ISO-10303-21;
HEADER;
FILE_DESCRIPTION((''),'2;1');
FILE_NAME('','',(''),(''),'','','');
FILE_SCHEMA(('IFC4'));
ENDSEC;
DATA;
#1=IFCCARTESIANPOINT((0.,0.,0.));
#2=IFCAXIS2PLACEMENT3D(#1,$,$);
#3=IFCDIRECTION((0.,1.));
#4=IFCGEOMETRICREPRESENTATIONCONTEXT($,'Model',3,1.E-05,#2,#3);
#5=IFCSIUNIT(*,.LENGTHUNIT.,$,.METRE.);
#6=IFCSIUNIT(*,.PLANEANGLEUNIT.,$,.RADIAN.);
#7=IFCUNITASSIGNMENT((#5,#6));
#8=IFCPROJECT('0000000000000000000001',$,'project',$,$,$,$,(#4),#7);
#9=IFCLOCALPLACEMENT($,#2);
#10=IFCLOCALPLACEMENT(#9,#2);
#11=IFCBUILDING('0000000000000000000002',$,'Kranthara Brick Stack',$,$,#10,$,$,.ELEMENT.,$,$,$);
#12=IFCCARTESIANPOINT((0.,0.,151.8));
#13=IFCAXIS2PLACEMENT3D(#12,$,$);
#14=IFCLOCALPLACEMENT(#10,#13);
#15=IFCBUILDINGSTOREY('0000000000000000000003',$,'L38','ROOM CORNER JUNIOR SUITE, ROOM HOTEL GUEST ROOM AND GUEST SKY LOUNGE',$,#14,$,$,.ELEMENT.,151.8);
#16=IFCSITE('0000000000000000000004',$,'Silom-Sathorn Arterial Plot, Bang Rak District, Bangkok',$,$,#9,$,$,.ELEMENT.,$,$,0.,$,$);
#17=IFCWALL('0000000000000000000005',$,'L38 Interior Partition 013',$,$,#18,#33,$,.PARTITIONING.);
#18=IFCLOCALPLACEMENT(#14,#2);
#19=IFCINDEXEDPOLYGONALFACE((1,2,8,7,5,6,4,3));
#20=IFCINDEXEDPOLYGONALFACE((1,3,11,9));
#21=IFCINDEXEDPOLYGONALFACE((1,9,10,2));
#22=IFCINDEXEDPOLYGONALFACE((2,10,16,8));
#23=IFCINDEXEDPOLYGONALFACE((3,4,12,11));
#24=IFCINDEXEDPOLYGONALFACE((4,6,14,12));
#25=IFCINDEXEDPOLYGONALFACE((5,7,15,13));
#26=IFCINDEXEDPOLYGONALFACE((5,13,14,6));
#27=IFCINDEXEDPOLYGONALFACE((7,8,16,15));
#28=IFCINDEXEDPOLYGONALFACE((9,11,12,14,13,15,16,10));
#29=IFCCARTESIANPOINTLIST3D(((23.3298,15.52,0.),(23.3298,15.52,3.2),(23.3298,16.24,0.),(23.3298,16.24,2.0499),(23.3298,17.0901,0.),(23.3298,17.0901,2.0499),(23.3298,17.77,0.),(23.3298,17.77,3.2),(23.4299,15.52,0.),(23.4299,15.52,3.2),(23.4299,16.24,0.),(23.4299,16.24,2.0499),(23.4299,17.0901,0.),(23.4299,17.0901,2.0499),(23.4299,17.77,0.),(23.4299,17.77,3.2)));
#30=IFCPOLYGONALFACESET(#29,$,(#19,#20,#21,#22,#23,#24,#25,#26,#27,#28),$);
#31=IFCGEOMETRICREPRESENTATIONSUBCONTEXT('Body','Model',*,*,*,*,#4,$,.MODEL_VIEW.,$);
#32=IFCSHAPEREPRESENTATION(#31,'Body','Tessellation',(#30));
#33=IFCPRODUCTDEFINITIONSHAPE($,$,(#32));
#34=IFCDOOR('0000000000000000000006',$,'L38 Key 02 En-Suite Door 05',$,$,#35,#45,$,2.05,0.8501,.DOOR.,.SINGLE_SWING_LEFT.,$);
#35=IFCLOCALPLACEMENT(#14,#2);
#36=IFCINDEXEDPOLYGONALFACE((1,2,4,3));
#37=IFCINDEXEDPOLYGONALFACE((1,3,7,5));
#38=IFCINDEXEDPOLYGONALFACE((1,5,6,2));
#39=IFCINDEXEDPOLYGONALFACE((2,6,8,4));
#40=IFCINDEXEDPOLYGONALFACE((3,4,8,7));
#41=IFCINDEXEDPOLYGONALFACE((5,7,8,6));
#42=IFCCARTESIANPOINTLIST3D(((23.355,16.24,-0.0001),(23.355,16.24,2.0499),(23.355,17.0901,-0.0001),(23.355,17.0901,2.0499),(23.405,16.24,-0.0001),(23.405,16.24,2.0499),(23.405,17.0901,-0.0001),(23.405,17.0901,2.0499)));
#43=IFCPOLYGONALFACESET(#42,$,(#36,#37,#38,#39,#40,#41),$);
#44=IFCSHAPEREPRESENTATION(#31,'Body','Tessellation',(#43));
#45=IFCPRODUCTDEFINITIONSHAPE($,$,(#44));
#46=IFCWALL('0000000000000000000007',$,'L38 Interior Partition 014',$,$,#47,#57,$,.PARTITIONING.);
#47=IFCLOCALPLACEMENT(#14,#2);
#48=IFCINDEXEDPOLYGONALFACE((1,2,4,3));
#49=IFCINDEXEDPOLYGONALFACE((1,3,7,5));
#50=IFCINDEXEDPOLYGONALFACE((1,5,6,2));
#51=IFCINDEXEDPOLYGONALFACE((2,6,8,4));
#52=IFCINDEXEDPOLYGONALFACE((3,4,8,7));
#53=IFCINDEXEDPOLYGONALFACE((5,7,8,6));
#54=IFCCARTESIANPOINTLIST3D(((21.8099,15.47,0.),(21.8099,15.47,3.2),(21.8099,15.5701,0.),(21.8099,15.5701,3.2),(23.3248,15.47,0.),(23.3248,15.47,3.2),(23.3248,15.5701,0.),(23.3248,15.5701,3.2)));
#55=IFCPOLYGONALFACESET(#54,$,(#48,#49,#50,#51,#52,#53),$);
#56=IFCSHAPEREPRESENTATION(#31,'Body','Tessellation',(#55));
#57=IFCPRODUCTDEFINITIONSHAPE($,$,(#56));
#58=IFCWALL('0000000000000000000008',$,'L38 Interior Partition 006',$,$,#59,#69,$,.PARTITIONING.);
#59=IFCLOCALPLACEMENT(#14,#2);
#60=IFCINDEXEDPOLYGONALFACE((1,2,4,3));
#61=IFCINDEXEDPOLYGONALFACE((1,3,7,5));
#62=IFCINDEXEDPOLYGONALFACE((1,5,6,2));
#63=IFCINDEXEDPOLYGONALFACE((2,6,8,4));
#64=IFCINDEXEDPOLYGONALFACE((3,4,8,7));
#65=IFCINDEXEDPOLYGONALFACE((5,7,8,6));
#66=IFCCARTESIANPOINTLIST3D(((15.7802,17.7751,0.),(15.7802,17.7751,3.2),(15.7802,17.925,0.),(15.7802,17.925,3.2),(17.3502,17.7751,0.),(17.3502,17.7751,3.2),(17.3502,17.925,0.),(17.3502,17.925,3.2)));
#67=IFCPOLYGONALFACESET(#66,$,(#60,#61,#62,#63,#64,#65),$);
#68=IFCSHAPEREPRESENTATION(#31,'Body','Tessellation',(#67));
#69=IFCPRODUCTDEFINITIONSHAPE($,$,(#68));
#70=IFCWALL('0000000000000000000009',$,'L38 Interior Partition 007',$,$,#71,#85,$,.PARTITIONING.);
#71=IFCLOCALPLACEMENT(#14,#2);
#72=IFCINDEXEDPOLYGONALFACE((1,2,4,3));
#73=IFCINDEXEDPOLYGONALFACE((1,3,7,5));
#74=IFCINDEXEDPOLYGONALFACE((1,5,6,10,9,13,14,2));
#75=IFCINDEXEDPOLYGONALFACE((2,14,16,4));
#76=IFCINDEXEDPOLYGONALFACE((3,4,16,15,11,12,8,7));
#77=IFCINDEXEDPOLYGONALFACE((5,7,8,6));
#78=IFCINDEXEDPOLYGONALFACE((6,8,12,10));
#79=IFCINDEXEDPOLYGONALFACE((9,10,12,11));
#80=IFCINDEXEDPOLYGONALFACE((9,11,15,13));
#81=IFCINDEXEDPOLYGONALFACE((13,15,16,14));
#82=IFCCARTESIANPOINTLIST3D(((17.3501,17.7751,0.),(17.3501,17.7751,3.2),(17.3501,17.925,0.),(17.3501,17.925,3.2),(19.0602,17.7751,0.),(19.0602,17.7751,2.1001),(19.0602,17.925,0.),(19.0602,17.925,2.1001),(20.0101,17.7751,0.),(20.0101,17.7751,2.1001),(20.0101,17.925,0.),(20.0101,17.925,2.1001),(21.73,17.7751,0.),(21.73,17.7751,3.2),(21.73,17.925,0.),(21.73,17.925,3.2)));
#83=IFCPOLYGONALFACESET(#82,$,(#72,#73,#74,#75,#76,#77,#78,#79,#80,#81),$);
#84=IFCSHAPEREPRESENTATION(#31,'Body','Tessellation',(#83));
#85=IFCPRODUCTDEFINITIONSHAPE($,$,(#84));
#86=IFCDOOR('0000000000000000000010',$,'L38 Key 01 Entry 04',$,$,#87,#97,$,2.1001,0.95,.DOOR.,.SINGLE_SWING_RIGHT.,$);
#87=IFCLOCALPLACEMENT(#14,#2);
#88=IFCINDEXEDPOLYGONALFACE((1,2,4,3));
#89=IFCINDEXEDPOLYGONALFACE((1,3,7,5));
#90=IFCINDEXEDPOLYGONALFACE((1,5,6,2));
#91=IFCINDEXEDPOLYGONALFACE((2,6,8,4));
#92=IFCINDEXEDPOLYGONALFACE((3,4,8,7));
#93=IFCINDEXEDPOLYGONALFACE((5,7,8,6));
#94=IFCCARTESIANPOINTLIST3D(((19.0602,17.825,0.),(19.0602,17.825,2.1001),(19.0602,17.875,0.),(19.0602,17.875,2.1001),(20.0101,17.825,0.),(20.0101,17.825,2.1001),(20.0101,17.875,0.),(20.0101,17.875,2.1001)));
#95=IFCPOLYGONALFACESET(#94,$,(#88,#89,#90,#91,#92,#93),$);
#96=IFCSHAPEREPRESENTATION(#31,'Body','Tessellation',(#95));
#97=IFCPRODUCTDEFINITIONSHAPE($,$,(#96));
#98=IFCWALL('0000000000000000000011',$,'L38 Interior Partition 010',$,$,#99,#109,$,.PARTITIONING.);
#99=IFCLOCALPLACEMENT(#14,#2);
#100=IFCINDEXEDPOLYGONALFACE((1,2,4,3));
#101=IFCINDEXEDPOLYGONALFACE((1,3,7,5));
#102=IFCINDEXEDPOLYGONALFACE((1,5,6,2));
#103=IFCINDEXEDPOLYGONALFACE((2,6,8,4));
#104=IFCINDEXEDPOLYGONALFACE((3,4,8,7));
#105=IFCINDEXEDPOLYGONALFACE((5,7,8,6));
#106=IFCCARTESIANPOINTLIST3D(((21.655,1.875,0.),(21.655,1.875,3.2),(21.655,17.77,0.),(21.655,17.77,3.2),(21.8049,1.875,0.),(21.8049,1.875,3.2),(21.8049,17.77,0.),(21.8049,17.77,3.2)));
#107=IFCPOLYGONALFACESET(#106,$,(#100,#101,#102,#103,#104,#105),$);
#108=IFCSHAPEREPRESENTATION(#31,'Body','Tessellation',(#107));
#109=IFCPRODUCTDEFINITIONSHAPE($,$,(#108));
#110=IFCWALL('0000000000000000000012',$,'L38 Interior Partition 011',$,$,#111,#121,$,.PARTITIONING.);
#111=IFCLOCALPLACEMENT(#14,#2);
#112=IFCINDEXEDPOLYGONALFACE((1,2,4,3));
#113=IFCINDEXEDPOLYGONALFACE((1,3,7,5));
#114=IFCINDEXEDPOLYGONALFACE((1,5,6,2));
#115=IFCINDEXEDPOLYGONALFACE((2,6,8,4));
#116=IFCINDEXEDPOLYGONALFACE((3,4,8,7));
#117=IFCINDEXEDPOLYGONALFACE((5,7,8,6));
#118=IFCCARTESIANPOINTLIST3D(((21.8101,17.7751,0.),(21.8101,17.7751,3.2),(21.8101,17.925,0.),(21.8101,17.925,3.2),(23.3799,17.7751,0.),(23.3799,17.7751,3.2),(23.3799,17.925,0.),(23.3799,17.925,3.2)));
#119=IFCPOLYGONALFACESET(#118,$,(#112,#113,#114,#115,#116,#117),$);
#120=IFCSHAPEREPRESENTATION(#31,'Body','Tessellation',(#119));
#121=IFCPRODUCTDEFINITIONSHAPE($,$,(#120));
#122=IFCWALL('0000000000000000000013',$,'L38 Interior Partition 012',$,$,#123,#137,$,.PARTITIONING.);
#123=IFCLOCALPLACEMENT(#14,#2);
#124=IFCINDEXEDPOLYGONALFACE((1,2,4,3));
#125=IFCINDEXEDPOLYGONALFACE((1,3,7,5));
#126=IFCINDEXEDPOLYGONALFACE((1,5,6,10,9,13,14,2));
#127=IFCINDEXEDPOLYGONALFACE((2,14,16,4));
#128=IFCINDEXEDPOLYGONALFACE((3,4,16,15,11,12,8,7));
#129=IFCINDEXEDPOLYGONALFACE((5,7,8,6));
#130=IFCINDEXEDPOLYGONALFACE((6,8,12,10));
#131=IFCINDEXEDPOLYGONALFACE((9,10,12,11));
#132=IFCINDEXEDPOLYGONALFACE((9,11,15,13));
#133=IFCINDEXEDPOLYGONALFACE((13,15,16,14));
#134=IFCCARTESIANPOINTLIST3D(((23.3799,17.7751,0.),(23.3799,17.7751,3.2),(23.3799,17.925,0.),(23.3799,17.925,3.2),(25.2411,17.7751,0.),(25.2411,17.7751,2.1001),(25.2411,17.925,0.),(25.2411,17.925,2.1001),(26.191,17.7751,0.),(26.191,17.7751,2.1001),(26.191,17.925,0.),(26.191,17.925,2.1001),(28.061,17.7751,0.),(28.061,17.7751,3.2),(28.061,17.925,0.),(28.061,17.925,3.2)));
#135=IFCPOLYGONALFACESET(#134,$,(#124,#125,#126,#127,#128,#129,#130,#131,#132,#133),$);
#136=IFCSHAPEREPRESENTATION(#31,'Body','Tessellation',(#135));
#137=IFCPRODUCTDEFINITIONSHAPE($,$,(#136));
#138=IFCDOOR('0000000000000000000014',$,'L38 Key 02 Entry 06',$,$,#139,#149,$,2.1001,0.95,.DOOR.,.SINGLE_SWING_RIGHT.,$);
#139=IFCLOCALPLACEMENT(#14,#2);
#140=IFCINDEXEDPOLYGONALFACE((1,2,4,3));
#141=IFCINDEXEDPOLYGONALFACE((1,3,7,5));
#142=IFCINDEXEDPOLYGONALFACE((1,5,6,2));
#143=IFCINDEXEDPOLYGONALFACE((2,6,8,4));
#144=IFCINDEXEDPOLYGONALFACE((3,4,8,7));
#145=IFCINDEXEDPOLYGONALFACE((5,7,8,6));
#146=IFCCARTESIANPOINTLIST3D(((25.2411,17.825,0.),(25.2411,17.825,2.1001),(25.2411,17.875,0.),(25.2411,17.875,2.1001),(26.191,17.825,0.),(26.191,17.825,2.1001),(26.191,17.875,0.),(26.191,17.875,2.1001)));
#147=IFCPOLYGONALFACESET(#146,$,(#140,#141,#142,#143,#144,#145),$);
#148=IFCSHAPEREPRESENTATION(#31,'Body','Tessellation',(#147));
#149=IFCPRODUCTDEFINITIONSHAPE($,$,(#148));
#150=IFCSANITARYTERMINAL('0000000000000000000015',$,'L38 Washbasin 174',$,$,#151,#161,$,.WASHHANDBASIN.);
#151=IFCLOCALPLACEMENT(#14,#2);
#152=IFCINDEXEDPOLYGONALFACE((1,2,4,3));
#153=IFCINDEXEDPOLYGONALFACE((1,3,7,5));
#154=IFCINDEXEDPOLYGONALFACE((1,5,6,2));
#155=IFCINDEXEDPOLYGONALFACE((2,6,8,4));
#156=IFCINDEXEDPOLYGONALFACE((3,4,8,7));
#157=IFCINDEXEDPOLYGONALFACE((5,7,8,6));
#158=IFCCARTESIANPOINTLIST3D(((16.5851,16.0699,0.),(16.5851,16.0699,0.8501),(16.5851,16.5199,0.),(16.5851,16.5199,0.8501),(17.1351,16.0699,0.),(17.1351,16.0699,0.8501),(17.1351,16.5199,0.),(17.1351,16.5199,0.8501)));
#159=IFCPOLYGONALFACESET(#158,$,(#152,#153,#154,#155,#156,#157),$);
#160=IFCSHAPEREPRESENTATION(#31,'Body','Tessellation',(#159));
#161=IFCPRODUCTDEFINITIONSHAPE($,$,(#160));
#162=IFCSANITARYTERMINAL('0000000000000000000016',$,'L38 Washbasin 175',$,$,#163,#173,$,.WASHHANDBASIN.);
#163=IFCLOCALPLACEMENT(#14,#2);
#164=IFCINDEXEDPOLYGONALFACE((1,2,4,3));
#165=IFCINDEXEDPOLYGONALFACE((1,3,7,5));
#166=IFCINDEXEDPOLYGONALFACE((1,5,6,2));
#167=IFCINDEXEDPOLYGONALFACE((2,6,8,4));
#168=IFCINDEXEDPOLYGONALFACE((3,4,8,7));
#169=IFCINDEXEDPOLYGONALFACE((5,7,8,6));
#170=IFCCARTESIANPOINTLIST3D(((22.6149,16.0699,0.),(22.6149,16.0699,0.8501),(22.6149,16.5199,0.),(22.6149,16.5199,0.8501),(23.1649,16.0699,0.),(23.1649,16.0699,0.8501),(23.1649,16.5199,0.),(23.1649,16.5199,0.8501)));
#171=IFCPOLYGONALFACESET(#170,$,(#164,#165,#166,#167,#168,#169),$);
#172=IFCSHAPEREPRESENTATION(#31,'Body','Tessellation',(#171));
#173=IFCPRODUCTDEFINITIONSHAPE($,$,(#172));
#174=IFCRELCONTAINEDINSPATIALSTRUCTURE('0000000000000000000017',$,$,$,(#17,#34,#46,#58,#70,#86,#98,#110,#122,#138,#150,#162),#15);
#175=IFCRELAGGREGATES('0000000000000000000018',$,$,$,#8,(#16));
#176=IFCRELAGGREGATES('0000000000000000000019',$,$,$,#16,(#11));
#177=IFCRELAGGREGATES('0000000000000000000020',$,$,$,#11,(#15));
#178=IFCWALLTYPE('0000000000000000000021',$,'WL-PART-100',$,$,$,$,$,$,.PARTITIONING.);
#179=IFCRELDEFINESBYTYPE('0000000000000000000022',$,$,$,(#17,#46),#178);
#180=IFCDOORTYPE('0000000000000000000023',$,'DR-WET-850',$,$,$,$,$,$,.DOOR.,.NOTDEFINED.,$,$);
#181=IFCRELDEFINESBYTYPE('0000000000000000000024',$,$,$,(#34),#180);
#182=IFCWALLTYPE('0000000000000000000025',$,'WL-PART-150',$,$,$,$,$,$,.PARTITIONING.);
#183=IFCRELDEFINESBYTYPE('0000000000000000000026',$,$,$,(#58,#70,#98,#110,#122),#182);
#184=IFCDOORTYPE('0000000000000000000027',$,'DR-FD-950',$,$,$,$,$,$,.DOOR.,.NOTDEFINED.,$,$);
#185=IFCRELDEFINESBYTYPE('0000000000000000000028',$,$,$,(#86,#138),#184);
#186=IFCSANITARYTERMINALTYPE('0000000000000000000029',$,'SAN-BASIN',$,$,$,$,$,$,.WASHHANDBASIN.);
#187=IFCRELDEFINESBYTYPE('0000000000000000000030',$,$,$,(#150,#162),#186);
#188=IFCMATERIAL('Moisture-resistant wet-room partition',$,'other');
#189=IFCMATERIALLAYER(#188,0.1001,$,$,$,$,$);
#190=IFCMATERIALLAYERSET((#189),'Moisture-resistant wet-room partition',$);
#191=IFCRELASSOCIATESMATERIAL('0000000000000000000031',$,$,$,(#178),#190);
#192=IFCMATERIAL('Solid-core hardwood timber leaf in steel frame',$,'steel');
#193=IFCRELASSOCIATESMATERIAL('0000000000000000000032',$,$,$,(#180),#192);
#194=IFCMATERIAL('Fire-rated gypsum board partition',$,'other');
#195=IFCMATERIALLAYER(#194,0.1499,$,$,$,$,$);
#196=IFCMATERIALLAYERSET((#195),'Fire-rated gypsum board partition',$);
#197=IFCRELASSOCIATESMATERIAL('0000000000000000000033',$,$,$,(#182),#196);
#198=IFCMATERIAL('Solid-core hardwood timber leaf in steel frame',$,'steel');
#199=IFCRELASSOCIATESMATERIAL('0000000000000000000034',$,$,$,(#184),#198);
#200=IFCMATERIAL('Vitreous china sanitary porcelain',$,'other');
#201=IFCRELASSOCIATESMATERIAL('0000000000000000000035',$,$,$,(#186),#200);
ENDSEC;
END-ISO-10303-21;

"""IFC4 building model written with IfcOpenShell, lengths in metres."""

from ifc_helpers import new_model, si_unit, direction, frame, frame_2d, origin, origin_2d, place, context, subcontext, project, spatial, rectangle, extrude, material, layer, layer_set, type_object, element, fill, save


model = new_model("IFC4")

# Units and contexts
model_context = context("Model", 3, precision=1e-05, world=origin(), true_north=direction((0.0, 1.0)))
body_context = subcontext(model_context, "Body", "Model", "MODEL_VIEW")
ifc_project = project(units=[si_unit("LENGTHUNIT", "METRE"), si_unit("PLANEANGLEUNIT", "RADIAN")], contexts=[model_context])

# Site, building, storey
site_placement = place(None, origin())
site = spatial("IfcSite", under=ifc_project, at=site_placement, Name="Silom-Sathorn Arterial Plot, Bang Rak District, Bangkok", CompositionType="ELEMENT", RefElevation=0.0)
building_placement = place(site_placement, origin())
building = spatial("IfcBuilding", under=site, at=building_placement, Name="Kranthara Brick Stack", CompositionType="ELEMENT")
storey_placement = place(building_placement, frame((0.0, 0.0, 151.8)))
storey = spatial("IfcBuildingStorey", under=building, at=storey_placement, Name="L38", Description="ROOM CORNER JUNIOR SUITE, ROOM HOTEL GUEST ROOM AND GUEST SKY LOUNGE", CompositionType="ELEMENT", Elevation=151.8)

# Shared definitions
ifc_material_1 = material(Name="Moisture-resistant wet-room partition", Category="other")
ifc_layer_1 = layer(ifc_material_1, 0.1001)
ifc_layer_set_1 = layer_set([ifc_layer_1], Name="Moisture-resistant wet-room partition")
wall_type_1 = type_object("IfcWallType", Name="WL-PART-100", PredefinedType="PARTITIONING", material=ifc_layer_set_1)
ifc_material_2 = material(Name="Solid-core hardwood timber leaf in steel frame", Category="steel")
door_type_1 = type_object("IfcDoorType", Name="DR-WET-850", OperationType="NOTDEFINED", PredefinedType="DOOR", material=ifc_material_2)

# Wall, opening, door
wall_1_placement = place(storey_placement, frame((23.3799, 15.52, 0.0), z_axis=(0.0, 0.0, 1.0), x_axis=(0.0, 1.0, 0.0)))
wall_1 = element("IfcWall", 1, at=wall_1_placement, inside=storey, type_object=wall_type_1, Name="L38 Interior Partition 013", PredefinedType="PARTITIONING", context=body_context, shape_type="SweptSolid", body=[
    extrude(rectangle(XDim=2.25, YDim=0.1001, at=frame_2d((1.125, 0.0))), origin(), (0.0, 0.0, 1.0), 3.2),
])
opening_1_placement = place(wall_1_placement, frame((0.72, 0.0, 0.0)))
opening_1 = element("IfcOpeningElement", 2, at=opening_1_placement, cuts=wall_1, PredefinedType="OPENING", context=body_context, shape_type="SweptSolid", body=[
    extrude(rectangle(XDim=0.8501, YDim=2.05, at=frame_2d((0.425, 1.0249))), frame((0.0, 0.0601, 0.0), z_axis=(0.0, -1.0, 0.0), x_axis=(1.0, 0.0, 0.0)), (0.0, 0.0, 1.0), 0.1201),
])
door_1_placement = place(opening_1_placement, origin())
door_1 = element("IfcDoor", 3, at=door_1_placement, inside=storey, type_object=door_type_1, Name="L38 Key 02 En-Suite Door 05", OperationType="SINGLE_SWING_LEFT", OverallHeight=2.05, OverallWidth=0.8501, PredefinedType="DOOR", context=body_context, shape_type="SweptSolid", body=[
    extrude(rectangle(XDim=0.8501, YDim=2.05, at=frame_2d((0.425, 1.0249))), frame((0.0, 0.0249, 0.0), z_axis=(0.0, -1.0, 0.0), x_axis=(1.0, 0.0, 0.0)), (0.0, 0.0, 1.0), 0.05),
])
fill(opening_1, door_1)

# Walls
wall_2_placement = place(storey_placement, frame((21.8101, 15.52, 0.0), z_axis=(0.0, 0.0, 1.0), x_axis=(1.0, 0.0, 0.0)))
element("IfcWall", 4, at=wall_2_placement, inside=storey, type_object=wall_type_1, Name="L38 Interior Partition 014", PredefinedType="PARTITIONING", context=body_context, shape_type="SweptSolid", body=[
    extrude(rectangle(XDim=1.5149, YDim=0.1001, at=frame_2d((0.7573, 0.0))), origin(), (0.0, 0.0, 1.0), 3.2),
])
ifc_material_3 = material(Name="Fire-rated gypsum board partition", Category="other")
ifc_layer_2 = layer(ifc_material_3, 0.1499)
ifc_layer_set_2 = layer_set([ifc_layer_2], Name="Fire-rated gypsum board partition")
wall_type_2 = type_object("IfcWallType", Name="WL-PART-150", PredefinedType="PARTITIONING", material=ifc_layer_set_2)
wall_3_placement = place(storey_placement, frame((15.78, 17.8501, 0.0), z_axis=(0.0, 0.0, 1.0), x_axis=(1.0, 0.0, 0.0)))
element("IfcWall", 5, at=wall_3_placement, inside=storey, type_object=wall_type_2, Name="L38 Interior Partition 006", PredefinedType="PARTITIONING", context=body_context, shape_type="SweptSolid", body=[
    extrude(rectangle(XDim=1.5701, YDim=0.1499, at=frame_2d((0.7852, 0.0))), origin(), (0.0, 0.0, 1.0), 3.2),
])

# Wall, opening, door
wall_4_placement = place(storey_placement, frame((17.3501, 17.8501, 0.0), z_axis=(0.0, 0.0, 1.0), x_axis=(1.0, 0.0, 0.0)))
wall_4 = element("IfcWall", 6, at=wall_4_placement, inside=storey, type_object=wall_type_2, Name="L38 Interior Partition 007", PredefinedType="PARTITIONING", context=body_context, shape_type="SweptSolid", body=[
    extrude(rectangle(XDim=4.3799, YDim=0.1499, at=frame_2d((2.1899, 0.0))), origin(), (0.0, 0.0, 1.0), 3.2),
])
opening_2_placement = place(wall_4_placement, frame((1.71, 0.0, 0.0)))
opening_2 = element("IfcOpeningElement", 7, at=opening_2_placement, cuts=wall_4, PredefinedType="OPENING", context=body_context, shape_type="SweptSolid", body=[
    extrude(rectangle(XDim=0.95, YDim=2.1001, at=frame_2d((0.4751, 1.05))), frame((0.0, 0.085, 0.0), z_axis=(0.0, -1.0, 0.0), x_axis=(1.0, 0.0, 0.0)), (0.0, 0.0, 1.0), 0.1699),
])
ifc_material_4 = material(Name="Solid-core hardwood timber leaf in steel frame", Category="steel")
door_type_2 = type_object("IfcDoorType", Name="DR-FD-950", OperationType="NOTDEFINED", PredefinedType="DOOR", material=ifc_material_4)
door_2_placement = place(opening_2_placement, origin())
door_2 = element("IfcDoor", 8, at=door_2_placement, inside=storey, type_object=door_type_2, Name="L38 Key 01 Entry 04", OperationType="SINGLE_SWING_RIGHT", OverallHeight=2.1001, OverallWidth=0.95, PredefinedType="DOOR", context=body_context, shape_type="SweptSolid", body=[
    extrude(rectangle(XDim=0.95, YDim=2.1001, at=frame_2d((0.4751, 1.05))), frame((0.0, 0.0249, 0.0), z_axis=(0.0, -1.0, 0.0), x_axis=(1.0, 0.0, 0.0)), (0.0, 0.0, 1.0), 0.05),
])
fill(opening_2, door_2)

# Walls
wall_5_placement = place(storey_placement, frame((21.73, 1.875, 0.0), z_axis=(0.0, 0.0, 1.0), x_axis=(0.0, 1.0, 0.0)))
element("IfcWall", 9, at=wall_5_placement, inside=storey, type_object=wall_type_2, Name="L38 Interior Partition 010", PredefinedType="PARTITIONING", context=body_context, shape_type="SweptSolid", body=[
    extrude(rectangle(XDim=15.895, YDim=0.1499, at=frame_2d((7.9475, 0.0))), origin(), (0.0, 0.0, 1.0), 3.2),
])
wall_6_placement = place(storey_placement, frame((21.8101, 17.8501, 0.0), z_axis=(0.0, 0.0, 1.0), x_axis=(1.0, 0.0, 0.0)))
element("IfcWall", 10, at=wall_6_placement, inside=storey, type_object=wall_type_2, Name="L38 Interior Partition 011", PredefinedType="PARTITIONING", context=body_context, shape_type="SweptSolid", body=[
    extrude(rectangle(XDim=1.5698, YDim=0.1499, at=frame_2d((0.7849, 0.0))), origin(), (0.0, 0.0, 1.0), 3.2),
])

# Wall, opening, door
wall_7_placement = place(storey_placement, frame((23.3799, 17.8501, 0.0), z_axis=(0.0, 0.0, 1.0), x_axis=(1.0, 0.0, 0.0)))
wall_7 = element("IfcWall", 11, at=wall_7_placement, inside=storey, type_object=wall_type_2, Name="L38 Interior Partition 012", PredefinedType="PARTITIONING", context=body_context, shape_type="SweptSolid", body=[
    extrude(rectangle(XDim=4.6812, YDim=0.1499, at=frame_2d((2.3406, 0.0))), origin(), (0.0, 0.0, 1.0), 3.2),
])
opening_3_placement = place(wall_7_placement, frame((1.8611, 0.0, 0.0)))
opening_3 = element("IfcOpeningElement", 12, at=opening_3_placement, cuts=wall_7, PredefinedType="OPENING", context=body_context, shape_type="SweptSolid", body=[
    extrude(rectangle(XDim=0.95, YDim=2.1001, at=frame_2d((0.4751, 1.05))), frame((0.0, 0.085, 0.0), z_axis=(0.0, -1.0, 0.0), x_axis=(1.0, 0.0, 0.0)), (0.0, 0.0, 1.0), 0.1699),
])
door_3_placement = place(opening_3_placement, origin())
door_3 = element("IfcDoor", 13, at=door_3_placement, inside=storey, type_object=door_type_2, Name="L38 Key 02 Entry 06", OperationType="SINGLE_SWING_RIGHT", OverallHeight=2.1001, OverallWidth=0.95, PredefinedType="DOOR", context=body_context, shape_type="SweptSolid", body=[
    extrude(rectangle(XDim=0.95, YDim=2.1001, at=frame_2d((0.4751, 1.05))), frame((0.0, 0.0249, 0.0), z_axis=(0.0, -1.0, 0.0), x_axis=(1.0, 0.0, 0.0)), (0.0, 0.0, 1.0), 0.05),
])
fill(opening_3, door_3)

# Sanitary terminals
ifc_material_5 = material(Name="Vitreous china sanitary porcelain", Category="other")
sanitary_terminal_type_1 = type_object("IfcSanitaryTerminalType", Name="SAN-BASIN", PredefinedType="WASHHANDBASIN", material=ifc_material_5)
for number, where, z_axis, x_axis, name in (
    (14, (16.8601, 16.2949, 0.0), (0.0, 0.0, 1.0), (1.0, 0.0, 0.0), "L38 Washbasin 174"),
    (15, (22.8899, 16.2949, 0.0), (0.0, 0.0, 1.0), (1.0, 0.0, 0.0), "L38 Washbasin 175"),
):
    element("IfcSanitaryTerminal", number, at=place(storey_placement, frame(where, z_axis=z_axis, x_axis=x_axis)), inside=storey, type_object=sanitary_terminal_type_1, Name=name, PredefinedType="WASHHANDBASIN", context=body_context, shape_type="SweptSolid", body=[
        extrude(rectangle(XDim=0.55, YDim=0.45, at=origin_2d()), origin(), (0.0, 0.0, 1.0), 0.8501),
    ])

save(model, "model.ifc")
